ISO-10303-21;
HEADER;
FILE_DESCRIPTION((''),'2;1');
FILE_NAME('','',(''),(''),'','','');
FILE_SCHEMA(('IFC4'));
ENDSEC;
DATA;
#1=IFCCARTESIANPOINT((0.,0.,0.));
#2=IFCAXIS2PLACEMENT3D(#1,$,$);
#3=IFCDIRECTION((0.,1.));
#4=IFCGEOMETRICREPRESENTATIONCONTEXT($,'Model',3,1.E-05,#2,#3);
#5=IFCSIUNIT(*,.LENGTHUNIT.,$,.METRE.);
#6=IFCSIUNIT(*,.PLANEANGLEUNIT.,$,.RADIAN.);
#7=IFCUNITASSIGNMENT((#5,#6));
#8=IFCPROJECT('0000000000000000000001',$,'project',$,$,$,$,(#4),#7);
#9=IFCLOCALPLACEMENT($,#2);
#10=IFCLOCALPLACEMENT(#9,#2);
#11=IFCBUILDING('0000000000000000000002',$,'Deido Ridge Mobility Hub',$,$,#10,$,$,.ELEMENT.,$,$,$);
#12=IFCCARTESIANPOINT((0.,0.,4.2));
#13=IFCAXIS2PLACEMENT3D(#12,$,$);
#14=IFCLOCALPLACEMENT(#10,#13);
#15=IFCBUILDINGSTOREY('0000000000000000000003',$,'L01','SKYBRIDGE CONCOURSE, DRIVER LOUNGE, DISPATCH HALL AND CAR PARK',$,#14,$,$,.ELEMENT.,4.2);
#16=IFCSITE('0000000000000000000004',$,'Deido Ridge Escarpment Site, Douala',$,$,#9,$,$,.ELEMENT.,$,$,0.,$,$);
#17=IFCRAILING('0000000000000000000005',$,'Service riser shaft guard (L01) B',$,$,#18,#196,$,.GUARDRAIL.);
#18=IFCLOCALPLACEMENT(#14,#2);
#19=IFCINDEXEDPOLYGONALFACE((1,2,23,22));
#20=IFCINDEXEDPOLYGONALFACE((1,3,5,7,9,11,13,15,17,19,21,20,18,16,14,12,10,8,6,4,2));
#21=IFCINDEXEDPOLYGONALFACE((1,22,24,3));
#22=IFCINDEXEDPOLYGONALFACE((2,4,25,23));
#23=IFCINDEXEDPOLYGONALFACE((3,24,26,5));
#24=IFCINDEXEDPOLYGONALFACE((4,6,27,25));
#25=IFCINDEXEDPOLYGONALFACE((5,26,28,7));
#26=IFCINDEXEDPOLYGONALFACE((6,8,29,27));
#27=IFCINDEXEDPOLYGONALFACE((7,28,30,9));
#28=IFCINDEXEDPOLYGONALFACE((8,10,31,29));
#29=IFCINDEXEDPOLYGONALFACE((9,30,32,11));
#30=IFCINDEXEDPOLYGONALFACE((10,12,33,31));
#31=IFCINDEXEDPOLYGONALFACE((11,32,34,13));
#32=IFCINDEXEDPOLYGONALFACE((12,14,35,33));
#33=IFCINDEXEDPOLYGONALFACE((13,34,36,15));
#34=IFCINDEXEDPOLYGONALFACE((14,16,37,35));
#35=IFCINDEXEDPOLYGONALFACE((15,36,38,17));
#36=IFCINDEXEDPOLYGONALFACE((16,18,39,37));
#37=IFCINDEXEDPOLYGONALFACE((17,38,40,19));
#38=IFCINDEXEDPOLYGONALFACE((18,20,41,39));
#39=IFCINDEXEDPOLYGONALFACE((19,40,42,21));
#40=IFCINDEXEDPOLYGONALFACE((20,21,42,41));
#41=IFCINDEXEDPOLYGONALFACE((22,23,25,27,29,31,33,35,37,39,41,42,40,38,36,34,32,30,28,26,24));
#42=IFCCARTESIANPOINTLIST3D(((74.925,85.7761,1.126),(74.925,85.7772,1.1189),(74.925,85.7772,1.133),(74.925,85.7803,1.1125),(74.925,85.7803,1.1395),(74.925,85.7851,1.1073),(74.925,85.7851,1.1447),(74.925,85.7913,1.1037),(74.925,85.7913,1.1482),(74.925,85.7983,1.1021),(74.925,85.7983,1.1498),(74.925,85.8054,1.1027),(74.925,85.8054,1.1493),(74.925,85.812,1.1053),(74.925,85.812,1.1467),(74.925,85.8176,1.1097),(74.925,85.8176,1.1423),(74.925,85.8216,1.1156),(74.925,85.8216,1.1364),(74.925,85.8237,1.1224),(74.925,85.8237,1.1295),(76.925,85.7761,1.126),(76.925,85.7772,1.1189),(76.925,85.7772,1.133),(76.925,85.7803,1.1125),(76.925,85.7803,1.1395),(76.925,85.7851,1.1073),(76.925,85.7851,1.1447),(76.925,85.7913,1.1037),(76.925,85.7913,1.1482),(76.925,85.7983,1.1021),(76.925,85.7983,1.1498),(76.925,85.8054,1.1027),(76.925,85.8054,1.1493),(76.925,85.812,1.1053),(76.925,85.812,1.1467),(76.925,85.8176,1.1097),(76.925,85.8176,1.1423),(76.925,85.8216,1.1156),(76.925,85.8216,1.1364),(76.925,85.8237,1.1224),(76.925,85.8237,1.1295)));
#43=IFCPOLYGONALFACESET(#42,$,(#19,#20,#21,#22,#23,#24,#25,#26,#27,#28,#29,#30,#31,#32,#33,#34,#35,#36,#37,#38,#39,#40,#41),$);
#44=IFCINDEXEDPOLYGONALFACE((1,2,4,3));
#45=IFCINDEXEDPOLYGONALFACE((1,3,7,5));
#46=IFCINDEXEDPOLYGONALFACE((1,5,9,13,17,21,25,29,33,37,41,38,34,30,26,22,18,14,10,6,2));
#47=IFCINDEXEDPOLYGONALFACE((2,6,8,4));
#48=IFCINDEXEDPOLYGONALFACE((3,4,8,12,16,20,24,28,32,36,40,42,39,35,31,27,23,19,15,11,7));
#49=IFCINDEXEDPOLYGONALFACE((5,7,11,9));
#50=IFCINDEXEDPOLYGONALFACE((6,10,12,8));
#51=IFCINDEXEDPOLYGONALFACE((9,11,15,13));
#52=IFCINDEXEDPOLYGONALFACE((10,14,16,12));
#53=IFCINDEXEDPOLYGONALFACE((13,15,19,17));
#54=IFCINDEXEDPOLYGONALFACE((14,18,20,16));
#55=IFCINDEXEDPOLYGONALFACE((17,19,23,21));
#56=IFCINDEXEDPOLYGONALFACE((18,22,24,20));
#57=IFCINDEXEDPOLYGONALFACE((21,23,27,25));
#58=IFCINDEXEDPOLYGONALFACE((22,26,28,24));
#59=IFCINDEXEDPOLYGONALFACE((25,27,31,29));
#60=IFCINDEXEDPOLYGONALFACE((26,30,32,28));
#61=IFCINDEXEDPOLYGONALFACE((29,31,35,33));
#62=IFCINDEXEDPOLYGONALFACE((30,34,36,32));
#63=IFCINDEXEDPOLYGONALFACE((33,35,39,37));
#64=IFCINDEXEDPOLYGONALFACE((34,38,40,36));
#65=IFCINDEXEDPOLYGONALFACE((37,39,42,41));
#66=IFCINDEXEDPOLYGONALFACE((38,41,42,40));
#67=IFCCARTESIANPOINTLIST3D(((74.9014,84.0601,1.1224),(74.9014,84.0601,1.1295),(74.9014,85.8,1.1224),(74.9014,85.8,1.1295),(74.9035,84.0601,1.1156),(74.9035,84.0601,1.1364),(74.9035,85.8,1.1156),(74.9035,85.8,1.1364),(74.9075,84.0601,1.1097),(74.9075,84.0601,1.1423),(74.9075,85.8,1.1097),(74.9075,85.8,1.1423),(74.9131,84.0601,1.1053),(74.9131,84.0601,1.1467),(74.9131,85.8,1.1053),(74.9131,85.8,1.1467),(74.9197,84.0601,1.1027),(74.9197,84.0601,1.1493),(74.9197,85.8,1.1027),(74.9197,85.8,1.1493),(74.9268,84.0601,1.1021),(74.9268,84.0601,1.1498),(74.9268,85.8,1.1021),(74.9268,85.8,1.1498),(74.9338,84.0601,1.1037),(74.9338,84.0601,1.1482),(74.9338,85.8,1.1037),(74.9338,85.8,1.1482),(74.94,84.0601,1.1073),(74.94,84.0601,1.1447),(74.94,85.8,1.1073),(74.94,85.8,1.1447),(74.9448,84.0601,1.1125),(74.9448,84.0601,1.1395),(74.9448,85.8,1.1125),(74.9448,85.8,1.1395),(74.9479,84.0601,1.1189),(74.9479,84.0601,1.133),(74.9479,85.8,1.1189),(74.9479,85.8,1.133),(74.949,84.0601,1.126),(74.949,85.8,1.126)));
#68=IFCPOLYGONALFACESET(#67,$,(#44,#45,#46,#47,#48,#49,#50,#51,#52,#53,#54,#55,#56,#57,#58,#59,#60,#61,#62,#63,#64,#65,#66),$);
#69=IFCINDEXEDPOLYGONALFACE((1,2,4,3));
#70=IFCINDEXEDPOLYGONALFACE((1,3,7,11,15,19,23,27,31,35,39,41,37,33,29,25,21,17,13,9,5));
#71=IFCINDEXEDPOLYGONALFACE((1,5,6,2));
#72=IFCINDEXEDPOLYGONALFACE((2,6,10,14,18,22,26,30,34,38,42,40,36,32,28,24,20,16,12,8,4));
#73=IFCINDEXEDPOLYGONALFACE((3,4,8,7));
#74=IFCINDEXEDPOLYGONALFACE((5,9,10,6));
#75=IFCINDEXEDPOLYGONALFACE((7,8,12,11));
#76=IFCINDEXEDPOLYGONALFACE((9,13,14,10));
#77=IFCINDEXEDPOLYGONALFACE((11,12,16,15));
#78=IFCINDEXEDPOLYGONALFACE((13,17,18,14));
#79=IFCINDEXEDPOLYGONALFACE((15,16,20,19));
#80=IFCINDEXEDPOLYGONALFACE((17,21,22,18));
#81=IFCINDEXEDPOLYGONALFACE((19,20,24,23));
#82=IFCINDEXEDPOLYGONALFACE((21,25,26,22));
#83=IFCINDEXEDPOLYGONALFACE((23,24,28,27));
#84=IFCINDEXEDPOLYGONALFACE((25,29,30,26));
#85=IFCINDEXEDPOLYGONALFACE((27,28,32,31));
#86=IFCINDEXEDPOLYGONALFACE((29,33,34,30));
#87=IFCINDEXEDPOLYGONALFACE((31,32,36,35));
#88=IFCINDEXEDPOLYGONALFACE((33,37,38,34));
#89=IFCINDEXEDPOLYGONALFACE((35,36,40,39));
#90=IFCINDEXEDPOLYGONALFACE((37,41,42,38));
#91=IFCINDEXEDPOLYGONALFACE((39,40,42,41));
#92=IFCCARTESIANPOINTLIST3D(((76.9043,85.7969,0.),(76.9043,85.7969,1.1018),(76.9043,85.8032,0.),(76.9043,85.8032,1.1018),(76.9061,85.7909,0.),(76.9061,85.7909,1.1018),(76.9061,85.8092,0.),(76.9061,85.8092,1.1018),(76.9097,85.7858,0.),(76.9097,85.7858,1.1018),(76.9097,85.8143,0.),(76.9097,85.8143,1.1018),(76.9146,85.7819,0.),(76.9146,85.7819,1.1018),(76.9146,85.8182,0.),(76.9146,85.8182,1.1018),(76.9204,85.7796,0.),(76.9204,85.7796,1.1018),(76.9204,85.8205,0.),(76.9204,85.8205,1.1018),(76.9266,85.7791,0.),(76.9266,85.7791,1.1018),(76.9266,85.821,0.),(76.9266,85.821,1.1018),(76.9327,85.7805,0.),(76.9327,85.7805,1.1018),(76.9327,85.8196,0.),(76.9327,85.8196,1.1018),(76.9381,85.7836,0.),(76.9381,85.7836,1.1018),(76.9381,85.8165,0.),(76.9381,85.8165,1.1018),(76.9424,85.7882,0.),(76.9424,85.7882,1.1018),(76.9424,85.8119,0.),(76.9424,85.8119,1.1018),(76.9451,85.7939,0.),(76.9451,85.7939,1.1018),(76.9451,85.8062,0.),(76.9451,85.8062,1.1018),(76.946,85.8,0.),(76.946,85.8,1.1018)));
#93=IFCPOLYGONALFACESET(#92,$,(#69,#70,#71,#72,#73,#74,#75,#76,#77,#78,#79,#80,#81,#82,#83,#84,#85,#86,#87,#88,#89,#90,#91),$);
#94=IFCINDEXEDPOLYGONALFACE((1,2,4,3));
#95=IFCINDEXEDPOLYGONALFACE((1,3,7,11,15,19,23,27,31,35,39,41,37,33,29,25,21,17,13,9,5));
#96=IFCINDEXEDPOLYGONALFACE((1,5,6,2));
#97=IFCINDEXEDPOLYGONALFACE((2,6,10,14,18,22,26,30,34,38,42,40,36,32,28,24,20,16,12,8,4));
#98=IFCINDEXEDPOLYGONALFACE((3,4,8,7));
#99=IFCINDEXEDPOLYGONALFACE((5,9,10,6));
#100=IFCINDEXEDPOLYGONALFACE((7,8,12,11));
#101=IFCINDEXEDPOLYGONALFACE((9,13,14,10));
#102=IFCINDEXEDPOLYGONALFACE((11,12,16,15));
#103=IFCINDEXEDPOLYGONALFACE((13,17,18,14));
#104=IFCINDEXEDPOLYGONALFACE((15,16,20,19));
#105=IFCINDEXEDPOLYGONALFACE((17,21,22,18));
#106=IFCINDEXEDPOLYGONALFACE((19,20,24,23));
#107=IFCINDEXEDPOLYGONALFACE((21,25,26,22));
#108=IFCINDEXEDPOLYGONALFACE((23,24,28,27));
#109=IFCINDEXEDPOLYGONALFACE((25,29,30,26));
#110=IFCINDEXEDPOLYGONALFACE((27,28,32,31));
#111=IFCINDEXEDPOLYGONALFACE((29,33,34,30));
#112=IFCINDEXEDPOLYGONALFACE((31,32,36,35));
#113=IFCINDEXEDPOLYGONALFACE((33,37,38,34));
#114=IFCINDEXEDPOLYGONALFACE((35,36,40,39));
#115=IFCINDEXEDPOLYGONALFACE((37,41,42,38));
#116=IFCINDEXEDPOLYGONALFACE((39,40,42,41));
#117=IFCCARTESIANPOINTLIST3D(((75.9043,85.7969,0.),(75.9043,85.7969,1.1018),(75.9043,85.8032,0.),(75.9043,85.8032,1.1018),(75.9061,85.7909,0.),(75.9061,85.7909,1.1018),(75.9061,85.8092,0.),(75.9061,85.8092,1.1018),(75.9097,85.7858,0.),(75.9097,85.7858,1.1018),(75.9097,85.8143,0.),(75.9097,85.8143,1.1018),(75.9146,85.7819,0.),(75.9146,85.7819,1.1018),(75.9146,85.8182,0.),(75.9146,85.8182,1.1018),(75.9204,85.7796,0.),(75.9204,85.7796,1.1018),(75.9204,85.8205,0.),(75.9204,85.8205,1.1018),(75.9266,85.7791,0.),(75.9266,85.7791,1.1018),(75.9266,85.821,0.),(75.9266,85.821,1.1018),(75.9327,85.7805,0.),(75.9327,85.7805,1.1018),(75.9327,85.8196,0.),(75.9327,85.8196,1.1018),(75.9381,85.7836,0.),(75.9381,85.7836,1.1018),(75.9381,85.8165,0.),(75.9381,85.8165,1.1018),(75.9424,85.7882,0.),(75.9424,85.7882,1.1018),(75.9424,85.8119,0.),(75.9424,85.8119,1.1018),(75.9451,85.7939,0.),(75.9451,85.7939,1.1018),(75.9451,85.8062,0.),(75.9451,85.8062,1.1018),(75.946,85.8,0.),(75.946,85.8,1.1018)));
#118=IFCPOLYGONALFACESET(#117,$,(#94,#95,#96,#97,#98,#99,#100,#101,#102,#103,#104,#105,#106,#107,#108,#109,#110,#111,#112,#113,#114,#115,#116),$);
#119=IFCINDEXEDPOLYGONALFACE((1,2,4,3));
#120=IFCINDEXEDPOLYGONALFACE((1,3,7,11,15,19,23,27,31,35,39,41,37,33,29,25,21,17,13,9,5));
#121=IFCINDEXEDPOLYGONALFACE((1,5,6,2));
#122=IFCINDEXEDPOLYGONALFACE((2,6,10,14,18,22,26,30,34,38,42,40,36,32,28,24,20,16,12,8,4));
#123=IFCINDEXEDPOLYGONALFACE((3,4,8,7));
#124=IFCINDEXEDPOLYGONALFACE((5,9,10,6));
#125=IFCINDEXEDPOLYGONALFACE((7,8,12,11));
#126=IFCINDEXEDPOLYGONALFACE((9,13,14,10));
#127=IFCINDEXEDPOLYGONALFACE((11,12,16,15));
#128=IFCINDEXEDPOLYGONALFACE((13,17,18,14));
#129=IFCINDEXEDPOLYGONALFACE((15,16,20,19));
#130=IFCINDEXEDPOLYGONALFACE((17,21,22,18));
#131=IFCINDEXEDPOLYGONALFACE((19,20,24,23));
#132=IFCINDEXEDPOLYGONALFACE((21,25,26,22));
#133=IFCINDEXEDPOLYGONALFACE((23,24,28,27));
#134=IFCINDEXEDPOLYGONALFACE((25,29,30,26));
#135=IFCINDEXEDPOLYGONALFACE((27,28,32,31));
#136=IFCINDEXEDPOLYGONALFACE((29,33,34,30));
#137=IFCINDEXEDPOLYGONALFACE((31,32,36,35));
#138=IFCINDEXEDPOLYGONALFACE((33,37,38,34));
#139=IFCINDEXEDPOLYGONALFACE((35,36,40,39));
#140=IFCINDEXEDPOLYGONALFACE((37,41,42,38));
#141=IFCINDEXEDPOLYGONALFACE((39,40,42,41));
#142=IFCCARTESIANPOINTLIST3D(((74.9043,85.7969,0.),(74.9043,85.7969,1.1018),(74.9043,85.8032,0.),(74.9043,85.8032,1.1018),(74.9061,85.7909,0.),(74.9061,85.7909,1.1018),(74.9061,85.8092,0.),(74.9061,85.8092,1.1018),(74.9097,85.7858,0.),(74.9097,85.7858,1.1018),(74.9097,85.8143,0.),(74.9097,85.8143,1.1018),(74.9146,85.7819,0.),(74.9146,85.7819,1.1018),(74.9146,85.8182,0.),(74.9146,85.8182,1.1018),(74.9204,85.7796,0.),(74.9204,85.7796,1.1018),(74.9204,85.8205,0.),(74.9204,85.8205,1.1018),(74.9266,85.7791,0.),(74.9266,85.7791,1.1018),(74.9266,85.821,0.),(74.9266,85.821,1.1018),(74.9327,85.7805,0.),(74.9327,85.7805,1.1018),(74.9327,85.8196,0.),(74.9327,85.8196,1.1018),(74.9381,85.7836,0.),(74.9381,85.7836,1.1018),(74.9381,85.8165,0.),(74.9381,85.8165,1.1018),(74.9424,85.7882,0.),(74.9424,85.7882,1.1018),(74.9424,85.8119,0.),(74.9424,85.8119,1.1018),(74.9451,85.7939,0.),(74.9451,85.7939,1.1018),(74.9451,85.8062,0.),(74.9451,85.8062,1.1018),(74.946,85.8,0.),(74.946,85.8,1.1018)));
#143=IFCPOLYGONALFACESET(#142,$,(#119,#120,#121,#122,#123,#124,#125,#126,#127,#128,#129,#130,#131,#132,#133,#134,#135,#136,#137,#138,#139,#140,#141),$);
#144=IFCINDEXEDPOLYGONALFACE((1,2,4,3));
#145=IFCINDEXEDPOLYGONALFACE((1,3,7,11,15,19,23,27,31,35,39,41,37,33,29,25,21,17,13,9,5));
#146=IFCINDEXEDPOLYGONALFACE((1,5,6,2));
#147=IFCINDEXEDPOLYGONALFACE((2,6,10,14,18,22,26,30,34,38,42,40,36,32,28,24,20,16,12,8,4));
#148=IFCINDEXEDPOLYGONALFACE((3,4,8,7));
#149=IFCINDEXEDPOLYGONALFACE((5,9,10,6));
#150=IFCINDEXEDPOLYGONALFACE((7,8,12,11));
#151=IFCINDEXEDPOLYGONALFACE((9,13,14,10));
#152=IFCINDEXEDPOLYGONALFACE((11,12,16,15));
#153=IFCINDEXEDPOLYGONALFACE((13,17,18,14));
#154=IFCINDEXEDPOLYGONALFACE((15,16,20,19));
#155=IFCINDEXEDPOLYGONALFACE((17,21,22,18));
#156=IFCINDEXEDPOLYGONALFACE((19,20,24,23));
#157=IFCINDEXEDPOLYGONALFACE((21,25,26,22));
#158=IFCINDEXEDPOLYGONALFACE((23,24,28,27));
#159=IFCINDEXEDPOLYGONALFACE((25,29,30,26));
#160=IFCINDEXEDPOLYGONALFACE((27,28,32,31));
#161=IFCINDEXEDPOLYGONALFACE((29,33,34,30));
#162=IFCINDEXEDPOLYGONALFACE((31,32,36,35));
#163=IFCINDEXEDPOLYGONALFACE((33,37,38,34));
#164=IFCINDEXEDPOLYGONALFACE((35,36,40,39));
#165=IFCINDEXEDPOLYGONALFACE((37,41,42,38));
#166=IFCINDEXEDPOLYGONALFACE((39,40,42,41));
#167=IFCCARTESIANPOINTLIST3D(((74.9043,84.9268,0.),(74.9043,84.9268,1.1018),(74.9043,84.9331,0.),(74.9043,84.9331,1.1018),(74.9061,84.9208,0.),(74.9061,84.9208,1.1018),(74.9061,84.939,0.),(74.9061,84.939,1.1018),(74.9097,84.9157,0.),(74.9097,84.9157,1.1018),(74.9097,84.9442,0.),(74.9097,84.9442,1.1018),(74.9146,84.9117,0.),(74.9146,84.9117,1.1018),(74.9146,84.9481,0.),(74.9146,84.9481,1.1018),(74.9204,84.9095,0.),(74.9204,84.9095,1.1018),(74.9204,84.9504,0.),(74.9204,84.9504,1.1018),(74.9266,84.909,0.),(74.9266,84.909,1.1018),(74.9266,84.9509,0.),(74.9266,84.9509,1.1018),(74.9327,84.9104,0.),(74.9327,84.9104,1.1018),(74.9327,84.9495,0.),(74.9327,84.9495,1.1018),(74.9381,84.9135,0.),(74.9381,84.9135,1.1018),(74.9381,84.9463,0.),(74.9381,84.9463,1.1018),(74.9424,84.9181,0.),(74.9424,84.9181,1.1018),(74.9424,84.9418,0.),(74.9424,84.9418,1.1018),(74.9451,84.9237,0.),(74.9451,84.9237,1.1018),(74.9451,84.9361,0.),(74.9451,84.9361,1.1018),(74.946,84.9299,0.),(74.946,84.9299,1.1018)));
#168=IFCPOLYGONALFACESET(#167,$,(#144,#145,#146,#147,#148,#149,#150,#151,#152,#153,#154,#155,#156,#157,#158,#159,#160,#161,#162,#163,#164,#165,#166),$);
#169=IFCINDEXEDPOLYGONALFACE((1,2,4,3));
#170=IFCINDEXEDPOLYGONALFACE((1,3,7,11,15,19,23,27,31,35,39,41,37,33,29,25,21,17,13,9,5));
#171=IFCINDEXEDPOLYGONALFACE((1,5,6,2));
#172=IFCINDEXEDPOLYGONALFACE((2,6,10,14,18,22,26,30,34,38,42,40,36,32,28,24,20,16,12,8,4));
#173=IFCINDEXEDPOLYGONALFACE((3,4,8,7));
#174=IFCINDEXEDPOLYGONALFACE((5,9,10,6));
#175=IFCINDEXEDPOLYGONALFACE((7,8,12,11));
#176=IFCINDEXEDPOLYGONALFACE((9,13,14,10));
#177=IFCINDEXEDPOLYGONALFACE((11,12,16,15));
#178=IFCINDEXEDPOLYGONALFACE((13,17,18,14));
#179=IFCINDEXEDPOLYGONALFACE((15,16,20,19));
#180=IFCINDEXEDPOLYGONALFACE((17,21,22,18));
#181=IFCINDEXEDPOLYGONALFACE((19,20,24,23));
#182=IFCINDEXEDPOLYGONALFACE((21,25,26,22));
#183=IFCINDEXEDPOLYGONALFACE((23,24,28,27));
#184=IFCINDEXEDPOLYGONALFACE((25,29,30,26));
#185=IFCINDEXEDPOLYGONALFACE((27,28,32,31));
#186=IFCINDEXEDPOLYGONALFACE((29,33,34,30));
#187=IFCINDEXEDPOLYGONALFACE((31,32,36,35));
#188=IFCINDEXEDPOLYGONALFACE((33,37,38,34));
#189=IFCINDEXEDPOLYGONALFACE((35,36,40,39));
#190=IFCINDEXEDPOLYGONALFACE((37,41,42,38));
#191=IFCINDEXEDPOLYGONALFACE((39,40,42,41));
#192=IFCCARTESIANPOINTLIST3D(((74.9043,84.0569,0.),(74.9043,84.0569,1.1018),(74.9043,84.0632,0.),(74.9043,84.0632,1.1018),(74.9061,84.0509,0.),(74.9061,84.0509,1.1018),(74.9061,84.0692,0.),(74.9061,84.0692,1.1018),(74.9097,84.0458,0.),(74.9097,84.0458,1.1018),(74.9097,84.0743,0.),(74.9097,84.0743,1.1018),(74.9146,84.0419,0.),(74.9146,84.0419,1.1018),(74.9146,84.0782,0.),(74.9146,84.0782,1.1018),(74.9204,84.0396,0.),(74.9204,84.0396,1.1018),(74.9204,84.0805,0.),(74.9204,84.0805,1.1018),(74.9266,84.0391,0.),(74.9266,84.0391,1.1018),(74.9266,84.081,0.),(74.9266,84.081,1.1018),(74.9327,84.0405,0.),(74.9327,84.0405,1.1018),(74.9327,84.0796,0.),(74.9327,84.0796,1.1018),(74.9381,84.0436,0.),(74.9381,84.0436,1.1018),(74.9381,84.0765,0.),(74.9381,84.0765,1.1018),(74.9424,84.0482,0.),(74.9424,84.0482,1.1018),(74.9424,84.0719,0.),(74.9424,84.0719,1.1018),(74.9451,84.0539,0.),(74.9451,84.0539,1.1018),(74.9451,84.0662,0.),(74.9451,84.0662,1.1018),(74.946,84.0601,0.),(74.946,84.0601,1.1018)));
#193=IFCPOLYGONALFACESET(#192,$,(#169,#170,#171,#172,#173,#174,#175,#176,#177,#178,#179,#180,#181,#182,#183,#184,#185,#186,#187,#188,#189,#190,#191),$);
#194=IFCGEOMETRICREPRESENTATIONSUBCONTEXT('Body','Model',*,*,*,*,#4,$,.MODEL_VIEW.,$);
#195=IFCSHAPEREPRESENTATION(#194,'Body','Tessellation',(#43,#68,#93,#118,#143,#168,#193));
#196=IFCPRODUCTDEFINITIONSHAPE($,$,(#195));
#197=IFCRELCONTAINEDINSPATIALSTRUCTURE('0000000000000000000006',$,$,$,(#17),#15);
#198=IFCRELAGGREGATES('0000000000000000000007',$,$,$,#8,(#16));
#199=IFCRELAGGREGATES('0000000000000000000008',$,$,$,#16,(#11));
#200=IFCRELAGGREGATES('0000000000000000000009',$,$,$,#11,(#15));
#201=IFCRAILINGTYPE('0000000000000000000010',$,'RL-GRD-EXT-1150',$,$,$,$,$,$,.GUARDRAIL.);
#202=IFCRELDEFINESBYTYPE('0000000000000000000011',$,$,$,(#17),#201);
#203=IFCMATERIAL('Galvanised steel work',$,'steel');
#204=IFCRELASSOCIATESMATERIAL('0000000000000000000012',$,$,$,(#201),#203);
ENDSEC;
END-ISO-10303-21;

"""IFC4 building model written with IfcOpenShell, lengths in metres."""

from ifc_helpers import new_model, si_unit, direction, frame, origin, origin_2d, place, context, subcontext, project, spatial, circle, extrude, material, type_object, element, save


model = new_model("IFC4")

# Units and contexts
model_context = context("Model", 3, precision=1e-05, world=origin(), true_north=direction((0.0, 1.0)))
body_context = subcontext(model_context, "Body", "Model", "MODEL_VIEW")
ifc_project = project(units=[si_unit("LENGTHUNIT", "METRE"), si_unit("PLANEANGLEUNIT", "RADIAN")], contexts=[model_context])

# Site, building, storey
site_placement = place(None, origin())
site = spatial("IfcSite", under=ifc_project, at=site_placement, Name="Deido Ridge Escarpment Site, Douala", CompositionType="ELEMENT", RefElevation=0.0)
building_placement = place(site_placement, origin())
building = spatial("IfcBuilding", under=site, at=building_placement, Name="Deido Ridge Mobility Hub", CompositionType="ELEMENT")
storey_placement = place(building_placement, frame((0.0, 0.0, 4.2)))
storey = spatial("IfcBuildingStorey", under=building, at=storey_placement, Name="L01", Description="SKYBRIDGE CONCOURSE, DRIVER LOUNGE, DISPATCH HALL AND CAR PARK", CompositionType="ELEMENT", Elevation=4.2)

# Shared definitions
ifc_material_1 = material(Name="Galvanised steel work", Category="steel")

# Railing
railing_type_1 = type_object("IfcRailingType", Name="RL-GRD-EXT-1150", PredefinedType="GUARDRAIL", material=ifc_material_1)
railing_1_placement = place(storey_placement, frame((76.925, 85.8, 0.0)))
element("IfcRailing", 1, at=railing_1_placement, inside=storey, type_object=railing_type_1, Name="Service riser shaft guard (L01) B", PredefinedType="GUARDRAIL", context=body_context, shape_type="SweptSolid", body=[
    extrude(circle(Radius=0.0239, at=origin_2d()), frame((0.0, 0.0, 1.126), z_axis=(-1.0, 0.0, 0.0), x_axis=(0.0, -1.0, 0.0)), (0.0, 0.0, 1.0), 2.0),
    extrude(circle(Radius=0.0239, at=origin_2d()), frame((-2.0, 0.0, 1.126), z_axis=(0.0, -1.0, 0.0), x_axis=(1.0, 0.0, 0.0)), (0.0, 0.0, 1.0), 1.74),
    extrude(circle(Radius=0.021, at=origin_2d()), origin(), (0.0, 0.0, 1.0), 1.1018),
    extrude(circle(Radius=0.021, at=origin_2d()), frame((-1.0, 0.0, 0.0)), (0.0, 0.0, 1.0), 1.1018),
    extrude(circle(Radius=0.021, at=origin_2d()), frame((-2.0, 0.0, 0.0)), (0.0, 0.0, 1.0), 1.1018),
    extrude(circle(Radius=0.021, at=origin_2d()), frame((-2.0, -0.8701, 0.0)), (0.0, 0.0, 1.0), 1.1018),
    extrude(circle(Radius=0.021, at=origin_2d()), frame((-2.0, -1.74, 0.0)), (0.0, 0.0, 1.0), 1.1018),
])

save(model, "model.ifc")
